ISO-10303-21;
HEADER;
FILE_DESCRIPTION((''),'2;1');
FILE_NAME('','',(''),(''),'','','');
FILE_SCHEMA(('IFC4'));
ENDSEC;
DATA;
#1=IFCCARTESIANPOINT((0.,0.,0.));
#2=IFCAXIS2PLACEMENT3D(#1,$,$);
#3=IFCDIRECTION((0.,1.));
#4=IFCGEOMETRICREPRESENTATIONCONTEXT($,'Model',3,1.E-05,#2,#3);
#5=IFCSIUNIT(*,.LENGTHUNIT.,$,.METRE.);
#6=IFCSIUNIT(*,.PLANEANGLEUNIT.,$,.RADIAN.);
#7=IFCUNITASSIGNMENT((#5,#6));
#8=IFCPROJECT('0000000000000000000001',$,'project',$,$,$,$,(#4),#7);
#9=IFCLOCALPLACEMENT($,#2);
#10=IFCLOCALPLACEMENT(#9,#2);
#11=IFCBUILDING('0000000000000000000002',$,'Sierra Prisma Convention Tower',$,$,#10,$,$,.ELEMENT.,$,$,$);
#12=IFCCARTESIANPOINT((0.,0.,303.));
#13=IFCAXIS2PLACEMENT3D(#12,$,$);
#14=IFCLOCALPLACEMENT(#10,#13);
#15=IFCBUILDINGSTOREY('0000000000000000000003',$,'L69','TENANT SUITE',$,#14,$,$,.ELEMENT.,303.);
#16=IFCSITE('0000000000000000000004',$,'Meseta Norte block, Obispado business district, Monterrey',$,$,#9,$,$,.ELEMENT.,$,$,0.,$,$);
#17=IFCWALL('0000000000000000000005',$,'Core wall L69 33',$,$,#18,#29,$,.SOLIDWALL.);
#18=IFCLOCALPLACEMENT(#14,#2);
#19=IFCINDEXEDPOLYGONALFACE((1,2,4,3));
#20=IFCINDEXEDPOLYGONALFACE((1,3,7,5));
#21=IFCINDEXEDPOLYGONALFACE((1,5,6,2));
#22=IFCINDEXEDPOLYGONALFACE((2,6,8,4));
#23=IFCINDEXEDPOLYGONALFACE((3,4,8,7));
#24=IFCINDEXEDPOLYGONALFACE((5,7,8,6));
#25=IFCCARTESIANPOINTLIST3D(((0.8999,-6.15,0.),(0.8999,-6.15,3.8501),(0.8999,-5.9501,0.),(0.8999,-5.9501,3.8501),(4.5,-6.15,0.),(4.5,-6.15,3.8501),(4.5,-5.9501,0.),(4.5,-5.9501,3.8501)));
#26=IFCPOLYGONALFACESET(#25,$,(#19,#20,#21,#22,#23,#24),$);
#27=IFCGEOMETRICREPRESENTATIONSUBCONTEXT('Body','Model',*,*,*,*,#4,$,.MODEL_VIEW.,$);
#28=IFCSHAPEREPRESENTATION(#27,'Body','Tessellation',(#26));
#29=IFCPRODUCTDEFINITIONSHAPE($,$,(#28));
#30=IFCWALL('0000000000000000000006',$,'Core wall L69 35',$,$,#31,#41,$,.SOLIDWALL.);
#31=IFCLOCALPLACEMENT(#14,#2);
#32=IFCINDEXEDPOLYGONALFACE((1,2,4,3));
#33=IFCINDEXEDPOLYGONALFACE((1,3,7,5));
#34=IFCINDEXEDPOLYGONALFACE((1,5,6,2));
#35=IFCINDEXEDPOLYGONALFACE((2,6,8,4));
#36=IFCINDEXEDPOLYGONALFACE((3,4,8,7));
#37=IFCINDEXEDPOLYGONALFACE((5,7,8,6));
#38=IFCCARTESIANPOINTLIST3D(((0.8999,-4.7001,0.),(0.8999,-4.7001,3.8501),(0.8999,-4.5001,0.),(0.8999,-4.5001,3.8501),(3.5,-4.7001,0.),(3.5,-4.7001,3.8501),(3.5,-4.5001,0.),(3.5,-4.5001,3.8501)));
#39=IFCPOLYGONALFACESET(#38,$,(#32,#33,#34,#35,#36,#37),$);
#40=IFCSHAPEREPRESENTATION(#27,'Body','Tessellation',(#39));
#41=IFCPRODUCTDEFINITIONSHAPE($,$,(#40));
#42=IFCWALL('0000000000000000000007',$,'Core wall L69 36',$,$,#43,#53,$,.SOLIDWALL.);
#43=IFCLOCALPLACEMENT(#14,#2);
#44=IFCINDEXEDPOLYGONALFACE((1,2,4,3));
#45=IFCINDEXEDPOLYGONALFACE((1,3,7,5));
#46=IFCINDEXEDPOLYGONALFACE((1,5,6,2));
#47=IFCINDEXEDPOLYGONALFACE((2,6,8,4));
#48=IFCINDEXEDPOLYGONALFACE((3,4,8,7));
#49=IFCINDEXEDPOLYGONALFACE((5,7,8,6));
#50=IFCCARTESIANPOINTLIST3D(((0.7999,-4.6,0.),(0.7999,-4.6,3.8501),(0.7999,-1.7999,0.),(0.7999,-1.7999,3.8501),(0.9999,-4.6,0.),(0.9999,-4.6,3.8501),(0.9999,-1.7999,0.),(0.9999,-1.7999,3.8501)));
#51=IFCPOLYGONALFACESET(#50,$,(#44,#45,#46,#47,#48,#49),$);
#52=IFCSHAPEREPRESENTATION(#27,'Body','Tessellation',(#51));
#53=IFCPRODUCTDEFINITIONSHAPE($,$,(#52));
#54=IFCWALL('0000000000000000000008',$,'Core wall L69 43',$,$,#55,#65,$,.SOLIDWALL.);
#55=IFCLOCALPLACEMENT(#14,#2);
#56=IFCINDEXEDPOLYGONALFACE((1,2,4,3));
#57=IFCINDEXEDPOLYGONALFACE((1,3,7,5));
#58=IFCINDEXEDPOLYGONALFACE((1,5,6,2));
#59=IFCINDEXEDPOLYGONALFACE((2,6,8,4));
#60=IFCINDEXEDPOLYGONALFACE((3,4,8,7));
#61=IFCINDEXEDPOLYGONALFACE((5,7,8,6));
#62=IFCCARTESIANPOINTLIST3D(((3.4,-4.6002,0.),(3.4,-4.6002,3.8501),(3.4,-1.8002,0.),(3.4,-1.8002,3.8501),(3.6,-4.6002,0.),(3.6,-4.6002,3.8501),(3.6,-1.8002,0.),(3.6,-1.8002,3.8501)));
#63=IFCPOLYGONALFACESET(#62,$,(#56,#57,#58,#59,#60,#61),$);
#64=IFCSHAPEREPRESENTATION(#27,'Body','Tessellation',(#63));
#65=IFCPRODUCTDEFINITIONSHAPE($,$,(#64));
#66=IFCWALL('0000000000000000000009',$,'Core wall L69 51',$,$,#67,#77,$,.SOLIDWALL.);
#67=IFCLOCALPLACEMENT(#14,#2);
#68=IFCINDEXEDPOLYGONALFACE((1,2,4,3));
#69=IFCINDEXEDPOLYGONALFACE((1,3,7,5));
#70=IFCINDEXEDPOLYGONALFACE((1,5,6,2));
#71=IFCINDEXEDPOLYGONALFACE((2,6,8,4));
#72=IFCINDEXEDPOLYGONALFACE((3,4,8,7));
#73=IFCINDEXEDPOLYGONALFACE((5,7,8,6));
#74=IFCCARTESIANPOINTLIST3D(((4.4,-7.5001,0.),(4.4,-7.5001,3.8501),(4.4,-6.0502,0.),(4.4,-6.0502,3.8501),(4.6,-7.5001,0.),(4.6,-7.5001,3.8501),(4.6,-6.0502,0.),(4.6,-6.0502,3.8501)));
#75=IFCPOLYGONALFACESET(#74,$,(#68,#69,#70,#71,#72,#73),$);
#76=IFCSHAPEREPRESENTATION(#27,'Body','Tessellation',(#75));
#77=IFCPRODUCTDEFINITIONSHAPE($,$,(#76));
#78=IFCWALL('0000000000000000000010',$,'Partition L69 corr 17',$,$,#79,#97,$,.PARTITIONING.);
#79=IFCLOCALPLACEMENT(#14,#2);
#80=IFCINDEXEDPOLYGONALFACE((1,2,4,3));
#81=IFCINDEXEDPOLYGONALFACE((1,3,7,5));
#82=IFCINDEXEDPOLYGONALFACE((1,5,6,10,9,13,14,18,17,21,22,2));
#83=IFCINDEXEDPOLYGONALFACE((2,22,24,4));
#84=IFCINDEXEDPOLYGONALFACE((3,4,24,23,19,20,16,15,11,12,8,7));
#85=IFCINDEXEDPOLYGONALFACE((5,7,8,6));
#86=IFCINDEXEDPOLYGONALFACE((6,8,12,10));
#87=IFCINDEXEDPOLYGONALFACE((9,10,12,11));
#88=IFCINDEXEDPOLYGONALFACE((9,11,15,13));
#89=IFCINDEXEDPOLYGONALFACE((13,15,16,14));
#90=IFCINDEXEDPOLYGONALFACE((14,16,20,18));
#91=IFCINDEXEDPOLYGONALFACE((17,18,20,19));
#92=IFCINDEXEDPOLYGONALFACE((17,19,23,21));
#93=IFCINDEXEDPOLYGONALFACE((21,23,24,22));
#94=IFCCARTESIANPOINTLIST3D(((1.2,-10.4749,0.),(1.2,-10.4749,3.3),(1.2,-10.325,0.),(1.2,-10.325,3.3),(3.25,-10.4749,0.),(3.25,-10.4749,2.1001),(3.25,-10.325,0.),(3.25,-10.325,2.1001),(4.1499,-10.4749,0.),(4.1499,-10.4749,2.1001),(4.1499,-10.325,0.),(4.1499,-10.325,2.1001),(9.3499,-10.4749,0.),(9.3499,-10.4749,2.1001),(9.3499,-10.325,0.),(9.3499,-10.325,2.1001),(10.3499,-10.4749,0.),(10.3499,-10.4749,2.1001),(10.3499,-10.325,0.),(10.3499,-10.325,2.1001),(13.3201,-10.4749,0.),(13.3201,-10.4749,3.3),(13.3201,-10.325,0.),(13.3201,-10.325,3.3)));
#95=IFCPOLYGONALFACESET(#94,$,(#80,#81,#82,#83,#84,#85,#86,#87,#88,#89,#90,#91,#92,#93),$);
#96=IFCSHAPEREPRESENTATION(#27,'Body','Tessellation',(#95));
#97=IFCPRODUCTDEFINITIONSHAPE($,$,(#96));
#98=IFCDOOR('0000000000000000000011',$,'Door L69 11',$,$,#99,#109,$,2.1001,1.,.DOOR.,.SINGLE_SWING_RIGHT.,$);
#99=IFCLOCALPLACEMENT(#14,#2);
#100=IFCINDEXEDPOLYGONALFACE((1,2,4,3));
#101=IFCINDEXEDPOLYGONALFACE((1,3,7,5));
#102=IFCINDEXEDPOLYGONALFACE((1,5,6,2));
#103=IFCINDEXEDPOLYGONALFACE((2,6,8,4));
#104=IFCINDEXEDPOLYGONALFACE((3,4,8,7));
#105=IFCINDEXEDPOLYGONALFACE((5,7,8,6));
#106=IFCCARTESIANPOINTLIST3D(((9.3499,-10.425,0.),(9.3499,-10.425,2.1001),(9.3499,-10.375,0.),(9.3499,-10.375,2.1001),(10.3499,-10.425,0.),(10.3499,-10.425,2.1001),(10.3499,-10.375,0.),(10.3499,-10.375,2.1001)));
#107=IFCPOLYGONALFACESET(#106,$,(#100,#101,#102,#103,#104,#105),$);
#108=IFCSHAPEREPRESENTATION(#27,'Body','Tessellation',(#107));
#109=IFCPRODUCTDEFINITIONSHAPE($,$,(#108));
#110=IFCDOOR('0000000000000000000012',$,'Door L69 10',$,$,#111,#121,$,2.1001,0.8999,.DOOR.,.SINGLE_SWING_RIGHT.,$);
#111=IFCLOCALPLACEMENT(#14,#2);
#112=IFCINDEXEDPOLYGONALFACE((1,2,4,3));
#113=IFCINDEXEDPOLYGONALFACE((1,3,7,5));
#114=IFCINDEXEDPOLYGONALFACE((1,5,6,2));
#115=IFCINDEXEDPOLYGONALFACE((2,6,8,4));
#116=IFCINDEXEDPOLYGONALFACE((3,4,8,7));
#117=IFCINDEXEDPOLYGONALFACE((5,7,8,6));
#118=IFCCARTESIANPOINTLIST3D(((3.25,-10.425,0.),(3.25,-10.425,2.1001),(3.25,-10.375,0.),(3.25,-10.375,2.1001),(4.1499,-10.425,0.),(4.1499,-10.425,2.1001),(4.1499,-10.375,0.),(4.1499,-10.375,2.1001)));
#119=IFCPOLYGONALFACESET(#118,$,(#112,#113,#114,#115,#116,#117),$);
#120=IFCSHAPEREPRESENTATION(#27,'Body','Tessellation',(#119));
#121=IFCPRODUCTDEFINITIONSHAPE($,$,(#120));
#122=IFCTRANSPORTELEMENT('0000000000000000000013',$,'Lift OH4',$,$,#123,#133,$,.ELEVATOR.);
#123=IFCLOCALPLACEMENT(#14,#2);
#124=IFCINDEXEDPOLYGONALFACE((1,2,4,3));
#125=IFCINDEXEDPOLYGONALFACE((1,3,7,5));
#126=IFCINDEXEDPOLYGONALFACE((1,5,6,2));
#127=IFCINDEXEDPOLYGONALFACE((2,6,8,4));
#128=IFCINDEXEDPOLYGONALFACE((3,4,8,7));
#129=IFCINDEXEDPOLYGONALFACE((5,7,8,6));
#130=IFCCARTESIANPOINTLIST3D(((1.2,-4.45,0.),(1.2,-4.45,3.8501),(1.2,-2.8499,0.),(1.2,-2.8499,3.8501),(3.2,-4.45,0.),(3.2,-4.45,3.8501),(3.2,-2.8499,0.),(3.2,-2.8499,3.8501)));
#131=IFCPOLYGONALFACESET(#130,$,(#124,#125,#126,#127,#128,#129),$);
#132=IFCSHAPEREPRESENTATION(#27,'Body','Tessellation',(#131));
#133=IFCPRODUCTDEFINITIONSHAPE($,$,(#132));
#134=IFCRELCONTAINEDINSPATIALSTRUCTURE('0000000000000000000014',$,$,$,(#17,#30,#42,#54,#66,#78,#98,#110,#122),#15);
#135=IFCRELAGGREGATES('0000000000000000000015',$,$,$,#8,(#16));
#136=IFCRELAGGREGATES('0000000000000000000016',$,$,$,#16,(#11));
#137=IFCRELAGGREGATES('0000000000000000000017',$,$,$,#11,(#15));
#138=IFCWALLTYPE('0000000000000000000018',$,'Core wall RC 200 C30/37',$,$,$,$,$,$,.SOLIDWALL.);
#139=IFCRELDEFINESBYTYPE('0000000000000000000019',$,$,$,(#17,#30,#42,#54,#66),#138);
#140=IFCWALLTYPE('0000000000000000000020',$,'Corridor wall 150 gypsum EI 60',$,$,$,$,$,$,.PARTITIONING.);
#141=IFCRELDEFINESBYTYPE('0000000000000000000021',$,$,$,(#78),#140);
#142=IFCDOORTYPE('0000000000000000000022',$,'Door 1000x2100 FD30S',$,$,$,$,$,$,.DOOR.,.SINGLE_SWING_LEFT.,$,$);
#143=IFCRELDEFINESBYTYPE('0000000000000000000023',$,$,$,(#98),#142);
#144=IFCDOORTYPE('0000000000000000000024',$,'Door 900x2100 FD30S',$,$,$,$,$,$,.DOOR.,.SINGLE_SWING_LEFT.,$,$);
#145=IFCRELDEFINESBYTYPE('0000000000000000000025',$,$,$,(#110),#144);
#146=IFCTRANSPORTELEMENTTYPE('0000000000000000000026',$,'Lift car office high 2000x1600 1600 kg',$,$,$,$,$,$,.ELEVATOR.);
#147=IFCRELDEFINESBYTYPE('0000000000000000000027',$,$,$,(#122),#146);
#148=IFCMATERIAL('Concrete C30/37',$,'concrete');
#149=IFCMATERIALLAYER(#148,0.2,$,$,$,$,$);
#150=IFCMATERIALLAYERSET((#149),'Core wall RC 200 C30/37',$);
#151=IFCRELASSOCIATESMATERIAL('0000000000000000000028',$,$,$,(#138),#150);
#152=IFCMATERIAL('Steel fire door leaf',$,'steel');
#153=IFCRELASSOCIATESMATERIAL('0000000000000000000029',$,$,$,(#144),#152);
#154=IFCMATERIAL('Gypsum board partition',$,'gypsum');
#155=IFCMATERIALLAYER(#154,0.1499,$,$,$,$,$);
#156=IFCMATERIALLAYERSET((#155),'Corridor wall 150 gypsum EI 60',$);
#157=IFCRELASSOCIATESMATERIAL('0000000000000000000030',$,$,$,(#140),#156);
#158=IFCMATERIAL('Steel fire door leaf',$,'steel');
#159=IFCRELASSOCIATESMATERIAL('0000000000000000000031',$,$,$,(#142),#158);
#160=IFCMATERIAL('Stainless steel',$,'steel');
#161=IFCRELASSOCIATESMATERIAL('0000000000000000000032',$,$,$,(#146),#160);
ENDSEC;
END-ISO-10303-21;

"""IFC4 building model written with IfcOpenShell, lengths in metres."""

from ifc_helpers import new_model, si_unit, direction, frame, frame_2d, origin, origin_2d, place, context, subcontext, project, spatial, rectangle, extrude, material, layer, layer_set, type_object, element, fill, save


model = new_model("IFC4")

# Units and contexts
model_context = context("Model", 3, precision=1e-05, world=origin(), true_north=direction((0.0, 1.0)))
body_context = subcontext(model_context, "Body", "Model", "MODEL_VIEW")
ifc_project = project(units=[si_unit("LENGTHUNIT", "METRE"), si_unit("PLANEANGLEUNIT", "RADIAN")], contexts=[model_context])

# Site, building, storey
site_placement = place(None, origin())
site = spatial("IfcSite", under=ifc_project, at=site_placement, Name="Meseta Norte block, Obispado business district, Monterrey", CompositionType="ELEMENT", RefElevation=0.0)
building_placement = place(site_placement, origin())
building = spatial("IfcBuilding", under=site, at=building_placement, Name="Sierra Prisma Convention Tower", CompositionType="ELEMENT")
storey_placement = place(building_placement, frame((0.0, 0.0, 303.0)))
storey = spatial("IfcBuildingStorey", under=building, at=storey_placement, Name="L69", Description="TENANT SUITE", CompositionType="ELEMENT", Elevation=303.0)

# Shared definitions
ifc_material_1 = material(Name="Concrete C30/37", Category="concrete")
ifc_layer_1 = layer(ifc_material_1, 0.2)
ifc_layer_set_1 = layer_set([ifc_layer_1], Name="Core wall RC 200 C30/37")
wall_type_1 = type_object("IfcWallType", Name="Core wall RC 200 C30/37", PredefinedType="SOLIDWALL", material=ifc_layer_set_1)
ifc_material_2 = material(Name="Steel fire door leaf", Category="steel")
door_type_1 = type_object("IfcDoorType", Name="Door 900x2100 FD30S", OperationType="SINGLE_SWING_LEFT", PredefinedType="DOOR", material=ifc_material_2)

# Wall
wall_1_placement = place(storey_placement, frame((4.5, -6.05, 0.0), z_axis=(0.0, 0.0, 1.0), x_axis=(-1.0, 0.0, 0.0)))
element("IfcWall", 1, at=wall_1_placement, inside=storey, type_object=wall_type_1, Name="Core wall L69 33", PredefinedType="SOLIDWALL", context=body_context, shape_type="SweptSolid", body=[
    extrude(rectangle(XDim=3.6001, YDim=0.2, at=frame_2d((1.8, 0.0))), origin(), (0.0, 0.0, 1.0), 3.8501),
])

# Walls
wall_2_placement = place(storey_placement, frame((3.5, -4.6001, 0.0), z_axis=(0.0, 0.0, 1.0), x_axis=(-1.0, 0.0, 0.0)))
element("IfcWall", 2, at=wall_2_placement, inside=storey, type_object=wall_type_1, Name="Core wall L69 35", PredefinedType="SOLIDWALL", context=body_context, shape_type="SweptSolid", body=[
    extrude(rectangle(XDim=2.6001, YDim=0.2, at=frame_2d((1.3, 0.0))), origin(), (0.0, 0.0, 1.0), 3.8501),
])
wall_3_placement = place(storey_placement, frame((0.8999, -1.8, 0.0), z_axis=(0.0, 0.0, 1.0), x_axis=(0.0, -1.0, 0.0)))
element("IfcWall", 3, at=wall_3_placement, inside=storey, type_object=wall_type_1, Name="Core wall L69 36", PredefinedType="SOLIDWALL", context=body_context, shape_type="SweptSolid", body=[
    extrude(rectangle(XDim=2.8, YDim=0.2, at=frame_2d((1.3999, 0.0))), origin(), (0.0, 0.0, 1.0), 3.8501),
])

# Wall
wall_4_placement = place(storey_placement, frame((3.5, -4.6001, 0.0), z_axis=(0.0, 0.0, 1.0), x_axis=(0.0, 1.0, 0.0)))
element("IfcWall", 4, at=wall_4_placement, inside=storey, type_object=wall_type_1, Name="Core wall L69 43", PredefinedType="SOLIDWALL", context=body_context, shape_type="SweptSolid", body=[
    extrude(rectangle(XDim=2.8, YDim=0.2, at=frame_2d((1.3999, 0.0))), origin(), (0.0, 0.0, 1.0), 3.8501),
])

# Wall
wall_5_placement = place(storey_placement, frame((4.5, -6.05, 0.0), z_axis=(0.0, 0.0, 1.0), x_axis=(0.0, -1.0, 0.0)))
element("IfcWall", 5, at=wall_5_placement, inside=storey, type_object=wall_type_1, Name="Core wall L69 51", PredefinedType="SOLIDWALL", context=body_context, shape_type="SweptSolid", body=[
    extrude(rectangle(XDim=1.45, YDim=0.2, at=frame_2d((0.7251, 0.0))), origin(), (0.0, 0.0, 1.0), 3.8501),
])

# Wall, openings, doors
ifc_material_3 = material(Name="Gypsum board partition", Category="gypsum")
ifc_layer_2 = layer(ifc_material_3, 0.1499)
ifc_layer_set_2 = layer_set([ifc_layer_2], Name="Corridor wall 150 gypsum EI 60")
wall_type_2 = type_object("IfcWallType", Name="Corridor wall 150 gypsum EI 60", PredefinedType="PARTITIONING", material=ifc_layer_set_2)
wall_6_placement = place(storey_placement, frame((1.2, -10.3999, 0.0), z_axis=(0.0, 0.0, 1.0), x_axis=(1.0, 0.0, 0.0)))
wall_6 = element("IfcWall", 6, at=wall_6_placement, inside=storey, type_object=wall_type_2, Name="Partition L69 corr 17", PredefinedType="PARTITIONING", context=body_context, shape_type="SweptSolid", body=[
    extrude(rectangle(XDim=12.1201, YDim=0.1499, at=frame_2d((6.0601, 0.0))), origin(), (0.0, 0.0, 1.0), 3.3),
])
opening_1_placement = place(wall_6_placement, frame((2.05, 0.0, 0.0)))
opening_1 = element("IfcOpeningElement", 7, at=opening_1_placement, cuts=wall_6, PredefinedType="OPENING", context=body_context, shape_type="SweptSolid", body=[
    extrude(rectangle(XDim=0.8999, YDim=2.1001, at=frame_2d((0.45, 1.05))), frame((0.0, 0.075, 0.0), z_axis=(0.0, -1.0, 0.0), x_axis=(1.0, 0.0, 0.0)), (0.0, 0.0, 1.0), 0.1499),
])
opening_2_placement = place(wall_6_placement, frame((8.1499, 0.0, 0.0)))
opening_2 = element("IfcOpeningElement", 8, at=opening_2_placement, cuts=wall_6, PredefinedType="OPENING", context=body_context, shape_type="SweptSolid", body=[
    extrude(rectangle(XDim=1.0, YDim=2.1001, at=frame_2d((0.5, 1.05))), frame((0.0, 0.075, 0.0), z_axis=(0.0, -1.0, 0.0), x_axis=(1.0, 0.0, 0.0)), (0.0, 0.0, 1.0), 0.1499),
])
ifc_material_4 = material(Name="Steel fire door leaf", Category="steel")
door_type_2 = type_object("IfcDoorType", Name="Door 1000x2100 FD30S", OperationType="SINGLE_SWING_LEFT", PredefinedType="DOOR", material=ifc_material_4)
door_1_placement = place(opening_2_placement, origin())
door_1 = element("IfcDoor", 9, at=door_1_placement, inside=storey, type_object=door_type_2, Name="Door L69 11", OperationType="SINGLE_SWING_RIGHT", OverallHeight=2.1001, OverallWidth=1.0, PredefinedType="DOOR", context=body_context, shape_type="SweptSolid", body=[
    extrude(rectangle(XDim=1.0, YDim=2.1001, at=frame_2d((0.5, 1.05))), frame((0.0, 0.0249, 0.0), z_axis=(0.0, -1.0, 0.0), x_axis=(1.0, 0.0, 0.0)), (0.0, 0.0, 1.0), 0.05),
])
fill(opening_2, door_1)
door_2_placement = place(opening_1_placement, origin())
door_2 = element("IfcDoor", 10, at=door_2_placement, inside=storey, type_object=door_type_1, Name="Door L69 10", OperationType="SINGLE_SWING_RIGHT", OverallHeight=2.1001, OverallWidth=0.8999, PredefinedType="DOOR", context=body_context, shape_type="SweptSolid", body=[
    extrude(rectangle(XDim=0.8999, YDim=2.1001, at=frame_2d((0.45, 1.05))), frame((0.0, 0.0249, 0.0), z_axis=(0.0, -1.0, 0.0), x_axis=(1.0, 0.0, 0.0)), (0.0, 0.0, 1.0), 0.05),
])
fill(opening_1, door_2)

# Transport element
ifc_material_5 = material(Name="Stainless steel", Category="steel")
transport_element_type = type_object("IfcTransportElementType", Name="Lift car office high 2000x1600 1600 kg", PredefinedType="ELEVATOR", material=ifc_material_5)
transport_element_placement = place(storey_placement, frame((2.2, -3.6499, 0.0), z_axis=(0.0, 0.0, 1.0), x_axis=(1.0, 0.0, 0.0)))
element("IfcTransportElement", 11, at=transport_element_placement, inside=storey, type_object=transport_element_type, Name="Lift OH4", PredefinedType="ELEVATOR", context=body_context, shape_type="SweptSolid", body=[
    extrude(rectangle(XDim=2.0, YDim=1.6001, at=origin_2d()), origin(), (0.0, 0.0, 1.0), 3.8501),
])

save(model, "model.ifc")
